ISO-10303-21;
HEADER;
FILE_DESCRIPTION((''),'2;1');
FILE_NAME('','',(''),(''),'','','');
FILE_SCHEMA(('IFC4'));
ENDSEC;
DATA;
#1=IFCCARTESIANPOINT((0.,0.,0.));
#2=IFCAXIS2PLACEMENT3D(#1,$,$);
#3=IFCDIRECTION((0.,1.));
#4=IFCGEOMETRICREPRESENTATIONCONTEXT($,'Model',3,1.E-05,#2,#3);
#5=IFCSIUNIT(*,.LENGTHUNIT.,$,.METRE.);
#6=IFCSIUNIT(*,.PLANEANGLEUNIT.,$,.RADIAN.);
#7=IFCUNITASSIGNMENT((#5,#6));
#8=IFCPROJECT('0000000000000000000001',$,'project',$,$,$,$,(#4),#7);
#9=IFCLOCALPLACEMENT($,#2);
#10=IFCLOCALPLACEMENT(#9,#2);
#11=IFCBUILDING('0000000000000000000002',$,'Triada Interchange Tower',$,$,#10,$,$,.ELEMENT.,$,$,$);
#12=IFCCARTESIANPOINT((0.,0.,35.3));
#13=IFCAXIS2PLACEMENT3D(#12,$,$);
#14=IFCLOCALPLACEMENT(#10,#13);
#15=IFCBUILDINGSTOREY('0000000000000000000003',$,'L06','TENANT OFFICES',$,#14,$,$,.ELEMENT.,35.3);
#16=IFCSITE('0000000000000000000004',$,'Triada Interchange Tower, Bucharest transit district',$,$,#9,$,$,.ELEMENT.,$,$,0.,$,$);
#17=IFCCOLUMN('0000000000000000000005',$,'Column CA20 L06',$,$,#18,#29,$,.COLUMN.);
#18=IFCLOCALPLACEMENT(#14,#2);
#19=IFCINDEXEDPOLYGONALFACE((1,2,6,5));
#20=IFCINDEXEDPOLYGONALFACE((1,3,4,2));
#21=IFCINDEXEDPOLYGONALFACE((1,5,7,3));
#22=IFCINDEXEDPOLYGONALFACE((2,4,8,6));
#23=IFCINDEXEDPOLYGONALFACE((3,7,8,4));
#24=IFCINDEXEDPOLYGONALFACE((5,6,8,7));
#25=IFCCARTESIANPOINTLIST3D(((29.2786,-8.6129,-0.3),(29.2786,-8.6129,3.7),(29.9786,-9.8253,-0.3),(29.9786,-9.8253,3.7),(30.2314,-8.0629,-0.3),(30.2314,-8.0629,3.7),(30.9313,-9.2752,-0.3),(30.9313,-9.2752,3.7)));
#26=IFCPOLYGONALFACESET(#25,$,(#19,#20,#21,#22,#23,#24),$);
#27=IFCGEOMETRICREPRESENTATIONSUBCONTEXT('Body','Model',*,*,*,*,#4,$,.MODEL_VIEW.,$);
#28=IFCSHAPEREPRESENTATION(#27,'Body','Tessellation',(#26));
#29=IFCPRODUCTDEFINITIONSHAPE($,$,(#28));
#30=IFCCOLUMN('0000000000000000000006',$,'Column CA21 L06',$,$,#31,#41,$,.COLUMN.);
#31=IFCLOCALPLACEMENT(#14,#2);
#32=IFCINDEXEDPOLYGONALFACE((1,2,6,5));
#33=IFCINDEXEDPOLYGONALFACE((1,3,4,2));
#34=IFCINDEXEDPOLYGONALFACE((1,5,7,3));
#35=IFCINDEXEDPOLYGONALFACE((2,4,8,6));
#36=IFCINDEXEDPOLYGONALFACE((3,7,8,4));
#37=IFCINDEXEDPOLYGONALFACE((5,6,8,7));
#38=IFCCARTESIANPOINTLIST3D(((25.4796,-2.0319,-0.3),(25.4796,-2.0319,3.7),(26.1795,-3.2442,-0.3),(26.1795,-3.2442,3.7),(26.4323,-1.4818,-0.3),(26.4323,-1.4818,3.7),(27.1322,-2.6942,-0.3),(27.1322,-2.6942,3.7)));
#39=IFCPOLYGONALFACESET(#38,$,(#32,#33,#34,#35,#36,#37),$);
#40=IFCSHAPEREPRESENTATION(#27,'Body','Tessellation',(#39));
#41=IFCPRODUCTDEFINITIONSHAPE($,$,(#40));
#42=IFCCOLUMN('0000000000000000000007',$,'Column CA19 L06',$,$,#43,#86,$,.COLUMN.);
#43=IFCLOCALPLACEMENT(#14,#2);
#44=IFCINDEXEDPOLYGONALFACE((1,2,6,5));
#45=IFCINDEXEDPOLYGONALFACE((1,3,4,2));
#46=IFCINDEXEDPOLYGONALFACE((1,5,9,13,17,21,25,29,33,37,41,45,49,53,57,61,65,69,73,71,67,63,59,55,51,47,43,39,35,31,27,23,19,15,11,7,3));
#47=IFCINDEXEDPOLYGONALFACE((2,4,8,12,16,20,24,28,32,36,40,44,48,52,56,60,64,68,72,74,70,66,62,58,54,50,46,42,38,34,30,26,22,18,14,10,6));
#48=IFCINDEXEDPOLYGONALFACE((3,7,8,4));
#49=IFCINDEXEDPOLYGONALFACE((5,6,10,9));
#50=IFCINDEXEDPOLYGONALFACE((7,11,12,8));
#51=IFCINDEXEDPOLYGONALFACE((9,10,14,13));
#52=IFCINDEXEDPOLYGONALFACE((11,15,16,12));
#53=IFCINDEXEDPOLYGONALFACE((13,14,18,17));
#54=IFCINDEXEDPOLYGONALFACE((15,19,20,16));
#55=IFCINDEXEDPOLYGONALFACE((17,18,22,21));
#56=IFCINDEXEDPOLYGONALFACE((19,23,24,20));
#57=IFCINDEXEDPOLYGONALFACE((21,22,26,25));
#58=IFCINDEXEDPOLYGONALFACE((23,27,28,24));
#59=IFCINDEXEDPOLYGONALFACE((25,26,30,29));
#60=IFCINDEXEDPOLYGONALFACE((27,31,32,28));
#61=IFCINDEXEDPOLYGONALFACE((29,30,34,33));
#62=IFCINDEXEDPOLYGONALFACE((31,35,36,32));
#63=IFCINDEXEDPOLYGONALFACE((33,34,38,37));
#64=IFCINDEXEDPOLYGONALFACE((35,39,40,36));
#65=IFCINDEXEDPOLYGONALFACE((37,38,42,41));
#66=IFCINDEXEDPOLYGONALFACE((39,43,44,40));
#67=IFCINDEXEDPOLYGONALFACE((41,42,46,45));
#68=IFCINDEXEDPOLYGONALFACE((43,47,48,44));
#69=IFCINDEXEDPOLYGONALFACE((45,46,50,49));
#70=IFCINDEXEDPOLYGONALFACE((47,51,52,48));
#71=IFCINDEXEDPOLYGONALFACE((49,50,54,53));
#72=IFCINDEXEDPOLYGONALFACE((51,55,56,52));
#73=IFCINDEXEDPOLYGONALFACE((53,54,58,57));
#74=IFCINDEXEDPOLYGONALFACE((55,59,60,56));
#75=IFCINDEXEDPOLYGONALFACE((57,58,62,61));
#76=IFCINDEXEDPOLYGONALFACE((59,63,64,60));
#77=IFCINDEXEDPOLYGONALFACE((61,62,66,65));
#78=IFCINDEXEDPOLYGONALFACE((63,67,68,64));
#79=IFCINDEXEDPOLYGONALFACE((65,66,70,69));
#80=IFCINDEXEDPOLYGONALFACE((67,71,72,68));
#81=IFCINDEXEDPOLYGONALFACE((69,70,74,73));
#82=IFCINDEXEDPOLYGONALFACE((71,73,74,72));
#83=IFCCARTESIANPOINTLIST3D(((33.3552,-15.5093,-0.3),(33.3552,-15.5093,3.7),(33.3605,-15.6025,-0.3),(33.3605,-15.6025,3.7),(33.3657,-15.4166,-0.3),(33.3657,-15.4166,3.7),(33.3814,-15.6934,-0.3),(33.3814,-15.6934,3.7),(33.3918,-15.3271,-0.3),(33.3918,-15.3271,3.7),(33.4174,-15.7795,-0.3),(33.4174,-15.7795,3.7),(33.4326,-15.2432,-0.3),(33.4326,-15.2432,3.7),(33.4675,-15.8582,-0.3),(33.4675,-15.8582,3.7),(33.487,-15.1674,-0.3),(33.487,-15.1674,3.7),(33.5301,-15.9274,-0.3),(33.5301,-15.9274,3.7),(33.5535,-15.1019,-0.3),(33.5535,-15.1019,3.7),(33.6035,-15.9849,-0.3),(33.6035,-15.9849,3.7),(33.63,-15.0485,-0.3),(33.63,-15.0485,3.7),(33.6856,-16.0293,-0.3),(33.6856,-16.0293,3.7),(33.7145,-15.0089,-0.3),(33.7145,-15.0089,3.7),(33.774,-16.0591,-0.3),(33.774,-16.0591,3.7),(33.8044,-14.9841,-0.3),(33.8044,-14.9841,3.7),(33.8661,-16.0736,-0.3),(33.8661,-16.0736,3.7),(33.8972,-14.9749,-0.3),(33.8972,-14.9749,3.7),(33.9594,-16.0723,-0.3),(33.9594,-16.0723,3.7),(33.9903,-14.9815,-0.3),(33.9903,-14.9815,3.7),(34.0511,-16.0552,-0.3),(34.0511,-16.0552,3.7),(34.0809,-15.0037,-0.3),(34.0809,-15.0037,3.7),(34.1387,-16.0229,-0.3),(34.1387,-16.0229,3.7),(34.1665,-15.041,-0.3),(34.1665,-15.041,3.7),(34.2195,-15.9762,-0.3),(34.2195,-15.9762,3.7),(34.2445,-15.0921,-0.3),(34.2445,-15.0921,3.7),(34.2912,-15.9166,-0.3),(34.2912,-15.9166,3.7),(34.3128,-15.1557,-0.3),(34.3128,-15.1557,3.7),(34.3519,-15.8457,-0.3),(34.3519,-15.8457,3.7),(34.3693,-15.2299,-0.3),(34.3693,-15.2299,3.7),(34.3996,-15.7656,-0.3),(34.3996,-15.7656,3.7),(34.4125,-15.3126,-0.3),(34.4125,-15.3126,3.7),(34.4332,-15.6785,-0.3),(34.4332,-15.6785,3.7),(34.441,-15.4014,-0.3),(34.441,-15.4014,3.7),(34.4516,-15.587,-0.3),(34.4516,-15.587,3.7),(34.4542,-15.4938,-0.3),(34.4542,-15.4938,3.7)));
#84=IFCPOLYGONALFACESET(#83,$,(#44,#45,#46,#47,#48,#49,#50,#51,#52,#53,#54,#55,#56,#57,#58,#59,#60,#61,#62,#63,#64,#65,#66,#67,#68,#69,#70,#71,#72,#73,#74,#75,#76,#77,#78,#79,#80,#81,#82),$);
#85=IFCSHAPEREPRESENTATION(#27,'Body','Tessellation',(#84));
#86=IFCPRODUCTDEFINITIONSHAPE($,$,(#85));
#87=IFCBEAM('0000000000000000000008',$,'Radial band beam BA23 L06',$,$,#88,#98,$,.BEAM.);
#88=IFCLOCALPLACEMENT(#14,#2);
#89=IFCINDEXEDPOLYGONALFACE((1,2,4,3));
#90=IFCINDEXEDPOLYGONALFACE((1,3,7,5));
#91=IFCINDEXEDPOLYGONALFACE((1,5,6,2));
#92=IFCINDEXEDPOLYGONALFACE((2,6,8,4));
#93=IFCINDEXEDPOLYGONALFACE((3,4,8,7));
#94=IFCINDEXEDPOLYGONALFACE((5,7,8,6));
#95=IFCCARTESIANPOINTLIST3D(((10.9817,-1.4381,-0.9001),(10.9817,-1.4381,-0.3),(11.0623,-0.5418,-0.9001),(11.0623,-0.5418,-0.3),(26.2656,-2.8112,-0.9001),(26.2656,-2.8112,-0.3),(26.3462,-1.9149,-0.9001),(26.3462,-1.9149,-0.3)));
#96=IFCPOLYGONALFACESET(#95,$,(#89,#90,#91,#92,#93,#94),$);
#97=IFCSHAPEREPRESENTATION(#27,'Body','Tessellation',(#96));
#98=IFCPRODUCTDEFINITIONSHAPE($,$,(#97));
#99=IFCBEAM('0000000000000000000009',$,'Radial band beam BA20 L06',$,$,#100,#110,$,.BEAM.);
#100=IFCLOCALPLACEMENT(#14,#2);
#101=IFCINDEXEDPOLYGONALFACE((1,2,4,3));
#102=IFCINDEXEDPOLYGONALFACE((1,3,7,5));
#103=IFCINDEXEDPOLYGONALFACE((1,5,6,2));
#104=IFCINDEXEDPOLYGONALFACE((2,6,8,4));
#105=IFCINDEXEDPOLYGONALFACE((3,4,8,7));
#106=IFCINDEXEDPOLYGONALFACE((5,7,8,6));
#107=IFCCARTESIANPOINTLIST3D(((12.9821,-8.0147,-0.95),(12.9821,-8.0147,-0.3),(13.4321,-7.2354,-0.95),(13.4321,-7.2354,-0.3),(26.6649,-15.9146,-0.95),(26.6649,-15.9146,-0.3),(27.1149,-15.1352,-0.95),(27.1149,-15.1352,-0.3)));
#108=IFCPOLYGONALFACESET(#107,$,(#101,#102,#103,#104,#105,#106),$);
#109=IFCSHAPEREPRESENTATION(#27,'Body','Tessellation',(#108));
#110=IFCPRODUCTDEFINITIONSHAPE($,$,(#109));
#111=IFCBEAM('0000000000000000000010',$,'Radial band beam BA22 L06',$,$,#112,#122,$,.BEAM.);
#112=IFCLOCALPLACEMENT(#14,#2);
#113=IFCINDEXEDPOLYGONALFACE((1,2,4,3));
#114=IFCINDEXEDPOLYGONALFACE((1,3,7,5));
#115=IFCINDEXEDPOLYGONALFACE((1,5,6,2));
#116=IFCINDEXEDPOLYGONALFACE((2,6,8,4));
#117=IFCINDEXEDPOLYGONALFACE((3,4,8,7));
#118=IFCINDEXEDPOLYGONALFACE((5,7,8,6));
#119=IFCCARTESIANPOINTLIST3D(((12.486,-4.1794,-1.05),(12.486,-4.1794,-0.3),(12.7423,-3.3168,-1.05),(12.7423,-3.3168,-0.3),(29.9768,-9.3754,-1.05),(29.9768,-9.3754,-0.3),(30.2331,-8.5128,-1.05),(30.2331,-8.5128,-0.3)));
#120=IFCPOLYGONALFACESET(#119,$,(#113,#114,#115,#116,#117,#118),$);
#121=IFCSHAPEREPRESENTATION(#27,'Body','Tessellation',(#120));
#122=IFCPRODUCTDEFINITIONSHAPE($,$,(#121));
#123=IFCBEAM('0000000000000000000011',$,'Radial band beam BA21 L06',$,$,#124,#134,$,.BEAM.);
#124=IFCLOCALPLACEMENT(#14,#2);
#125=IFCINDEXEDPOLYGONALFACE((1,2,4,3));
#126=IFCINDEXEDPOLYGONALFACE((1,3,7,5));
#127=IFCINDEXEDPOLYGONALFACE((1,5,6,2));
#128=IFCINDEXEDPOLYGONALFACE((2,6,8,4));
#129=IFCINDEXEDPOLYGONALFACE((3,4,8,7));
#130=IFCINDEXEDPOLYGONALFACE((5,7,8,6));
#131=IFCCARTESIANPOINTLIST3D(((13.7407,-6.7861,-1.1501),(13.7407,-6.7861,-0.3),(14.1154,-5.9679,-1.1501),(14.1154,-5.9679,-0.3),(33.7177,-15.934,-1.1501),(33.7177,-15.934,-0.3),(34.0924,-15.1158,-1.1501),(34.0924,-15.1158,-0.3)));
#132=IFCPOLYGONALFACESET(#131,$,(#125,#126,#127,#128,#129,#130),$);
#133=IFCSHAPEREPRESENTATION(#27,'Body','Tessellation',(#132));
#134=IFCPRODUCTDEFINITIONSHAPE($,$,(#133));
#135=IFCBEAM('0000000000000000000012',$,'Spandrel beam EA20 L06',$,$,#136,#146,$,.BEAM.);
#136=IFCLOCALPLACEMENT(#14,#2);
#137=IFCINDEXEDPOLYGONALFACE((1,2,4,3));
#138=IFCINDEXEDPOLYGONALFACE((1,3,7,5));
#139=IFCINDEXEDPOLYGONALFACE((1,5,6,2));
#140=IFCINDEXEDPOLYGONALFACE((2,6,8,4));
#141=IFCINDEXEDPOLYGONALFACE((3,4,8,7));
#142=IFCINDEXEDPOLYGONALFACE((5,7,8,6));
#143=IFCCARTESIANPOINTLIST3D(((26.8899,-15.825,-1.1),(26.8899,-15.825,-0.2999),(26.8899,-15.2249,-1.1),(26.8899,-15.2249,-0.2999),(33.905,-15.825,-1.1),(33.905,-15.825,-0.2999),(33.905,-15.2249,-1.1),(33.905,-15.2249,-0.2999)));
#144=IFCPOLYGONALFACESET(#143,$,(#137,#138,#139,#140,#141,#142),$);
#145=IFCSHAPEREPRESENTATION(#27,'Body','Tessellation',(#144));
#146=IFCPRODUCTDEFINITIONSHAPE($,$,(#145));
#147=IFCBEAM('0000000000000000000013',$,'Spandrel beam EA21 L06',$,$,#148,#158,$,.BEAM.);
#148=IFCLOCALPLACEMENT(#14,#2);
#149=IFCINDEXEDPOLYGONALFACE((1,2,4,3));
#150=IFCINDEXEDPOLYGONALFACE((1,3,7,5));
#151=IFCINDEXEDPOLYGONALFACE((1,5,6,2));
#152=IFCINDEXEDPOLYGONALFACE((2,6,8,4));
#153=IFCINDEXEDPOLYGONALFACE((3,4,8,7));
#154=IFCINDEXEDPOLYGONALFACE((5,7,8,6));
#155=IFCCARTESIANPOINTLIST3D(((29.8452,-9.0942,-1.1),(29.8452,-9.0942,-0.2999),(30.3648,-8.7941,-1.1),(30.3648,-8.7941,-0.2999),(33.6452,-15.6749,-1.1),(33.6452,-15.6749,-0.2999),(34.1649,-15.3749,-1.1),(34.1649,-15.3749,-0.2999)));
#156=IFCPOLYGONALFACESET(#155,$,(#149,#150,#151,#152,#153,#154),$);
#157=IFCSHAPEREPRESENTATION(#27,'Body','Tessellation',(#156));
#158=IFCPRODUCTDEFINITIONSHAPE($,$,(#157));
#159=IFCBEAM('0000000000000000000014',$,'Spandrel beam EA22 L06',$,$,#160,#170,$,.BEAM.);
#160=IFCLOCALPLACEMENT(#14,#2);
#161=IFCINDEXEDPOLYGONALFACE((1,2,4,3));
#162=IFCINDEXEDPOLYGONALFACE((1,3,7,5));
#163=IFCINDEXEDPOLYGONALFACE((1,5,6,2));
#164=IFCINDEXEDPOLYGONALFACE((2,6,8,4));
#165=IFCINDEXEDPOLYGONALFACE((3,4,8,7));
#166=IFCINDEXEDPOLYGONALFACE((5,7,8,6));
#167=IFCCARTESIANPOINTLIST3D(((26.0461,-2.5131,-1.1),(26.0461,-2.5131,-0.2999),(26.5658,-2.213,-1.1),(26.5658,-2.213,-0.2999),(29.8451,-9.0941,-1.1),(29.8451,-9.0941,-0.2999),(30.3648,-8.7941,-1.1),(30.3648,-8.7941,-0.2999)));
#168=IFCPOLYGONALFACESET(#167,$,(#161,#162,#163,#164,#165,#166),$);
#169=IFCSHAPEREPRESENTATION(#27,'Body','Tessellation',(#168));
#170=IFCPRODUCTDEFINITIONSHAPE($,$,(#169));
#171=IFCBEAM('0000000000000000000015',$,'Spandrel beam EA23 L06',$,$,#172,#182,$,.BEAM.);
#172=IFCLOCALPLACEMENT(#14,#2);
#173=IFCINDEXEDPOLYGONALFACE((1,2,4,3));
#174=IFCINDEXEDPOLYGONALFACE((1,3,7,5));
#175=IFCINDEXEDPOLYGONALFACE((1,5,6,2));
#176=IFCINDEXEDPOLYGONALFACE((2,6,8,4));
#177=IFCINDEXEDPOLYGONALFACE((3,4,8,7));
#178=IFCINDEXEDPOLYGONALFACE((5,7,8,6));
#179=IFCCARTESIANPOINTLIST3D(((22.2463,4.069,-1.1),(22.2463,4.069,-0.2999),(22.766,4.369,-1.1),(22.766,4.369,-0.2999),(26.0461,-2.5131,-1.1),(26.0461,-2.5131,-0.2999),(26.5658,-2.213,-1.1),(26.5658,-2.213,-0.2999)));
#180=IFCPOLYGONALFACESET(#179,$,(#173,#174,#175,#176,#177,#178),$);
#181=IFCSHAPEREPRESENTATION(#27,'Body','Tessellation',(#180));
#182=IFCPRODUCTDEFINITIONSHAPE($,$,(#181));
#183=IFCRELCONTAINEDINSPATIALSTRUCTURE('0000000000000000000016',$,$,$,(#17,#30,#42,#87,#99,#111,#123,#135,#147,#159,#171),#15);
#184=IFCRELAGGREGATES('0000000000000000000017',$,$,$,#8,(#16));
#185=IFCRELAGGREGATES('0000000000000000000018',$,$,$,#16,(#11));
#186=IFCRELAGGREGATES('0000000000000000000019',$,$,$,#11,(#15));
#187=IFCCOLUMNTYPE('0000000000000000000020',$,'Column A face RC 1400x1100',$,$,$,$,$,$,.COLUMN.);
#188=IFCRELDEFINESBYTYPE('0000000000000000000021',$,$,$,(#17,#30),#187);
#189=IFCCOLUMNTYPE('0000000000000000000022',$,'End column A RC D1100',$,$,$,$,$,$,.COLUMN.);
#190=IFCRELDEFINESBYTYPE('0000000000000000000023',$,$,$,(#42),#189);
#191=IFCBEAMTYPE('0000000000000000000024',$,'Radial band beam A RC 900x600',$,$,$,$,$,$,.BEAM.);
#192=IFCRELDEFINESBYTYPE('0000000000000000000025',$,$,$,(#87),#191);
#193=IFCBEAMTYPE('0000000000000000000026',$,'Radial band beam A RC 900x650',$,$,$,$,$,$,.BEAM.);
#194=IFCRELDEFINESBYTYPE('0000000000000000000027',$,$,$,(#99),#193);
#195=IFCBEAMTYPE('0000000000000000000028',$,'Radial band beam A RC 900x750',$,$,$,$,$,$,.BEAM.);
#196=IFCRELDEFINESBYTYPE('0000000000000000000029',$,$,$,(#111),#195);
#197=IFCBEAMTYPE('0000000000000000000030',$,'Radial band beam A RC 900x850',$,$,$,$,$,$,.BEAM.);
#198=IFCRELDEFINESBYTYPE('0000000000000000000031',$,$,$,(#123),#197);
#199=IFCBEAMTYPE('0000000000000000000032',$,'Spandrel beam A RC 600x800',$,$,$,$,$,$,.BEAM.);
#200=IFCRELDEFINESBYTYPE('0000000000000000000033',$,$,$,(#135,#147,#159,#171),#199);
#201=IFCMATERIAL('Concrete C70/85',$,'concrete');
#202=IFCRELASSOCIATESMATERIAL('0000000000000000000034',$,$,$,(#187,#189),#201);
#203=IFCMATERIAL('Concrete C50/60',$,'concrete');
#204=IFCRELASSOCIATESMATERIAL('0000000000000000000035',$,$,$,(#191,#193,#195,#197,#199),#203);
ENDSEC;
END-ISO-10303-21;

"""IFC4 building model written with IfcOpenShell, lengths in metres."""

from ifc_helpers import new_model, si_unit, direction, frame, origin, origin_2d, place, context, subcontext, project, spatial, rectangle, circle, extrude, material, material_profile, profile_set, type_object, element, save


model = new_model("IFC4")

# Units and contexts
model_context = context("Model", 3, precision=1e-05, world=origin(), true_north=direction((0.0, 1.0)))
body_context = subcontext(model_context, "Body", "Model", "MODEL_VIEW")
ifc_project = project(units=[si_unit("LENGTHUNIT", "METRE"), si_unit("PLANEANGLEUNIT", "RADIAN")], contexts=[model_context])

# Site, building, storey
site_placement = place(None, origin())
site = spatial("IfcSite", under=ifc_project, at=site_placement, Name="Triada Interchange Tower, Bucharest transit district", CompositionType="ELEMENT", RefElevation=0.0)
building_placement = place(site_placement, origin())
building = spatial("IfcBuilding", under=site, at=building_placement, Name="Triada Interchange Tower", CompositionType="ELEMENT")
storey_placement = place(building_placement, frame((0.0, 0.0, 35.3)))
storey = spatial("IfcBuildingStorey", under=building, at=storey_placement, Name="L06", Description="TENANT OFFICES", CompositionType="ELEMENT", Elevation=35.3)

# Columns
ifc_material_1 = material(Name="Concrete C70/85", Category="concrete")
ifc_material_profile_1 = material_profile(ifc_material_1, rectangle(XDim=1.3999, YDim=1.1001, at=origin_2d()), Name="RC 1400x1100")
ifc_profile_set_1 = profile_set([ifc_material_profile_1], Name="Concrete C70/85")
column_type_1 = type_object("IfcColumnType", Name="Column A face RC 1400x1100", PredefinedType="COLUMN", material=ifc_profile_set_1)
for number, where, z_axis, x_axis, name in (
    (1, (30.105, -8.9441, -0.3), (0.0, 0.0, 1.0), (-0.5, 0.866025, 0.0), "Column CA20 L06"),
    (2, (26.3059, -2.363, -0.3), (0.0, 0.0, 1.0), (-0.5, 0.866025, 0.0), "Column CA21 L06"),
):
    element("IfcColumn", number, at=place(storey_placement, frame(where, z_axis=z_axis, x_axis=x_axis)), inside=storey, type_object=column_type_1, Name=name, PredefinedType="COLUMN", context=body_context, shape_type="SweptSolid", body=[
        extrude(rectangle(XDim=1.3999, YDim=1.1001, at=origin_2d()), origin(), (0.0, 0.0, 1.0), 4.0),
    ])
ifc_material_profile_2 = material_profile(ifc_material_1, circle(Radius=0.55, at=origin_2d()), Name="RC D1100")
ifc_profile_set_2 = profile_set([ifc_material_profile_2], Name="Concrete C70/85")
column_type_2 = type_object("IfcColumnType", Name="End column A RC D1100", PredefinedType="COLUMN", material=ifc_profile_set_2)
column_placement = place(storey_placement, frame((33.905, -15.5249, -0.3), z_axis=(0.0, 0.0, 1.0), x_axis=(-0.5, 0.866025, 0.0)))
element("IfcColumn", 3, at=column_placement, inside=storey, type_object=column_type_2, Name="Column CA19 L06", PredefinedType="COLUMN", context=body_context, shape_type="SweptSolid", body=[
    extrude(circle(Radius=0.55, at=origin_2d()), origin(), (0.0, 0.0, 1.0), 4.0),
])

# Beams
ifc_material_2 = material(Name="Concrete C50/60", Category="concrete")
ifc_material_profile_3 = material_profile(ifc_material_2, rectangle(XDim=0.8999, YDim=0.6001, at=origin_2d()), Name="RC 900x600")
ifc_profile_set_3 = profile_set([ifc_material_profile_3], Name="Concrete C50/60")
beam_type_1 = type_object("IfcBeamType", Name="Radial band beam A RC 900x600", PredefinedType="BEAM", material=ifc_profile_set_3)
beam_1_placement = place(storey_placement, frame((26.3059, -2.363, -0.6001), z_axis=(-0.995989, 0.089476, 0.0), x_axis=(-0.089476, -0.995989, 0.0)))
element("IfcBeam", 4, at=beam_1_placement, inside=storey, type_object=beam_type_1, Name="Radial band beam BA23 L06", PredefinedType="BEAM", context=body_context, shape_type="SweptSolid", body=[
    extrude(rectangle(XDim=0.8999, YDim=0.6001, at=origin_2d()), origin(), (0.0, 0.0, 1.0), 15.3455),
])
ifc_material_profile_4 = material_profile(ifc_material_2, rectangle(XDim=0.8999, YDim=0.6499, at=origin_2d()), Name="RC 900x650")
ifc_profile_set_4 = profile_set([ifc_material_profile_4], Name="Concrete C50/60")
beam_type_2 = type_object("IfcBeamType", Name="Radial band beam A RC 900x650", PredefinedType="BEAM", material=ifc_profile_set_4)
beam_2_placement = place(storey_placement, frame((26.8899, -15.5249, -0.625), z_axis=(-0.866023, 0.500005, 0.0), x_axis=(-0.500005, -0.866023, 0.0)))
element("IfcBeam", 5, at=beam_2_placement, inside=storey, type_object=beam_type_2, Name="Radial band beam BA20 L06", PredefinedType="BEAM", context=body_context, shape_type="SweptSolid", body=[
    extrude(rectangle(XDim=0.8999, YDim=0.6499, at=origin_2d()), origin(), (0.0, 0.0, 1.0), 15.7996),
])
ifc_material_profile_5 = material_profile(ifc_material_2, rectangle(XDim=0.8999, YDim=0.75, at=origin_2d()), Name="RC 900x750")
ifc_profile_set_5 = profile_set([ifc_material_profile_5], Name="Concrete C50/60")
beam_type_3 = type_object("IfcBeamType", Name="Radial band beam A RC 900x750", PredefinedType="BEAM", material=ifc_profile_set_5)
beam_3_placement = place(storey_placement, frame((30.105, -8.9441, -0.675), z_axis=(-0.958596, 0.28477, 0.0), x_axis=(-0.28477, -0.958596, 0.0)))
element("IfcBeam", 6, at=beam_3_placement, inside=storey, type_object=beam_type_3, Name="Radial band beam BA22 L06", PredefinedType="BEAM", context=body_context, shape_type="SweptSolid", body=[
    extrude(rectangle(XDim=0.8999, YDim=0.75, at=origin_2d()), origin(), (0.0, 0.0, 1.0), 18.2463),
])
ifc_material_profile_6 = material_profile(ifc_material_2, rectangle(XDim=0.8999, YDim=0.8501, at=origin_2d()), Name="RC 900x850")
ifc_profile_set_6 = profile_set([ifc_material_profile_6], Name="Concrete C50/60")
beam_type_4 = type_object("IfcBeamType", Name="Radial band beam A RC 900x850", PredefinedType="BEAM", material=ifc_profile_set_6)
beam_4_placement = place(storey_placement, frame((33.905, -15.5249, -0.7251), z_axis=(-0.909206, 0.416346, 0.0), x_axis=(-0.416346, -0.909206, 0.0)))
element("IfcBeam", 7, at=beam_4_placement, inside=storey, type_object=beam_type_4, Name="Radial band beam BA21 L06", PredefinedType="BEAM", context=body_context, shape_type="SweptSolid", body=[
    extrude(rectangle(XDim=0.8999, YDim=0.8501, at=origin_2d()), origin(), (0.0, 0.0, 1.0), 21.9719),
])
ifc_material_profile_7 = material_profile(ifc_material_2, rectangle(XDim=0.6001, YDim=0.8, at=origin_2d()), Name="RC 600x800")
ifc_profile_set_7 = profile_set([ifc_material_profile_7], Name="Concrete C50/60")
beam_type_5 = type_object("IfcBeamType", Name="Spandrel beam A RC 600x800", PredefinedType="BEAM", material=ifc_profile_set_7)
beam_5_placement = place(storey_placement, frame((26.8899, -15.5249, -0.7), z_axis=(1.0, 0.0, 0.0), x_axis=(0.0, 1.0, 0.0)))
element("IfcBeam", 8, at=beam_5_placement, inside=storey, type_object=beam_type_5, Name="Spandrel beam EA20 L06", PredefinedType="BEAM", context=body_context, shape_type="SweptSolid", body=[
    extrude(rectangle(XDim=0.6001, YDim=0.8, at=origin_2d()), origin(), (0.0, 0.0, 1.0), 7.0151),
])
beam_6_placement = place(storey_placement, frame((33.905, -15.5249, -0.7), z_axis=(-0.500061, 0.86599, 0.0), x_axis=(-0.86599, -0.500061, 0.0)))
element("IfcBeam", 9, at=beam_6_placement, inside=storey, type_object=beam_type_5, Name="Spandrel beam EA21 L06", PredefinedType="BEAM", context=body_context, shape_type="SweptSolid", body=[
    extrude(rectangle(XDim=0.6001, YDim=0.8, at=origin_2d()), origin(), (0.0, 0.0, 1.0), 7.5991),
])
beam_7_placement = place(storey_placement, frame((30.105, -8.9441, -0.7), z_axis=(-0.499951, 0.866054, 0.0), x_axis=(-0.866054, -0.499951, 0.0)))
element("IfcBeam", 10, at=beam_7_placement, inside=storey, type_object=beam_type_5, Name="Spandrel beam EA22 L06", PredefinedType="BEAM", context=body_context, shape_type="SweptSolid", body=[
    extrude(rectangle(XDim=0.6001, YDim=0.8, at=origin_2d()), origin(), (0.0, 0.0, 1.0), 7.5989),
])
beam_8_placement = place(storey_placement, frame((26.3059, -2.363, -0.7), z_axis=(-0.499967, 0.866044, 0.0), x_axis=(-0.866044, -0.499967, 0.0)))
element("IfcBeam", 11, at=beam_8_placement, inside=storey, type_object=beam_type_5, Name="Spandrel beam EA23 L06", PredefinedType="BEAM", context=body_context, shape_type="SweptSolid", body=[
    extrude(rectangle(XDim=0.6001, YDim=0.8, at=origin_2d()), origin(), (0.0, 0.0, 1.0), 7.6001),
])

save(model, "model.ifc")
